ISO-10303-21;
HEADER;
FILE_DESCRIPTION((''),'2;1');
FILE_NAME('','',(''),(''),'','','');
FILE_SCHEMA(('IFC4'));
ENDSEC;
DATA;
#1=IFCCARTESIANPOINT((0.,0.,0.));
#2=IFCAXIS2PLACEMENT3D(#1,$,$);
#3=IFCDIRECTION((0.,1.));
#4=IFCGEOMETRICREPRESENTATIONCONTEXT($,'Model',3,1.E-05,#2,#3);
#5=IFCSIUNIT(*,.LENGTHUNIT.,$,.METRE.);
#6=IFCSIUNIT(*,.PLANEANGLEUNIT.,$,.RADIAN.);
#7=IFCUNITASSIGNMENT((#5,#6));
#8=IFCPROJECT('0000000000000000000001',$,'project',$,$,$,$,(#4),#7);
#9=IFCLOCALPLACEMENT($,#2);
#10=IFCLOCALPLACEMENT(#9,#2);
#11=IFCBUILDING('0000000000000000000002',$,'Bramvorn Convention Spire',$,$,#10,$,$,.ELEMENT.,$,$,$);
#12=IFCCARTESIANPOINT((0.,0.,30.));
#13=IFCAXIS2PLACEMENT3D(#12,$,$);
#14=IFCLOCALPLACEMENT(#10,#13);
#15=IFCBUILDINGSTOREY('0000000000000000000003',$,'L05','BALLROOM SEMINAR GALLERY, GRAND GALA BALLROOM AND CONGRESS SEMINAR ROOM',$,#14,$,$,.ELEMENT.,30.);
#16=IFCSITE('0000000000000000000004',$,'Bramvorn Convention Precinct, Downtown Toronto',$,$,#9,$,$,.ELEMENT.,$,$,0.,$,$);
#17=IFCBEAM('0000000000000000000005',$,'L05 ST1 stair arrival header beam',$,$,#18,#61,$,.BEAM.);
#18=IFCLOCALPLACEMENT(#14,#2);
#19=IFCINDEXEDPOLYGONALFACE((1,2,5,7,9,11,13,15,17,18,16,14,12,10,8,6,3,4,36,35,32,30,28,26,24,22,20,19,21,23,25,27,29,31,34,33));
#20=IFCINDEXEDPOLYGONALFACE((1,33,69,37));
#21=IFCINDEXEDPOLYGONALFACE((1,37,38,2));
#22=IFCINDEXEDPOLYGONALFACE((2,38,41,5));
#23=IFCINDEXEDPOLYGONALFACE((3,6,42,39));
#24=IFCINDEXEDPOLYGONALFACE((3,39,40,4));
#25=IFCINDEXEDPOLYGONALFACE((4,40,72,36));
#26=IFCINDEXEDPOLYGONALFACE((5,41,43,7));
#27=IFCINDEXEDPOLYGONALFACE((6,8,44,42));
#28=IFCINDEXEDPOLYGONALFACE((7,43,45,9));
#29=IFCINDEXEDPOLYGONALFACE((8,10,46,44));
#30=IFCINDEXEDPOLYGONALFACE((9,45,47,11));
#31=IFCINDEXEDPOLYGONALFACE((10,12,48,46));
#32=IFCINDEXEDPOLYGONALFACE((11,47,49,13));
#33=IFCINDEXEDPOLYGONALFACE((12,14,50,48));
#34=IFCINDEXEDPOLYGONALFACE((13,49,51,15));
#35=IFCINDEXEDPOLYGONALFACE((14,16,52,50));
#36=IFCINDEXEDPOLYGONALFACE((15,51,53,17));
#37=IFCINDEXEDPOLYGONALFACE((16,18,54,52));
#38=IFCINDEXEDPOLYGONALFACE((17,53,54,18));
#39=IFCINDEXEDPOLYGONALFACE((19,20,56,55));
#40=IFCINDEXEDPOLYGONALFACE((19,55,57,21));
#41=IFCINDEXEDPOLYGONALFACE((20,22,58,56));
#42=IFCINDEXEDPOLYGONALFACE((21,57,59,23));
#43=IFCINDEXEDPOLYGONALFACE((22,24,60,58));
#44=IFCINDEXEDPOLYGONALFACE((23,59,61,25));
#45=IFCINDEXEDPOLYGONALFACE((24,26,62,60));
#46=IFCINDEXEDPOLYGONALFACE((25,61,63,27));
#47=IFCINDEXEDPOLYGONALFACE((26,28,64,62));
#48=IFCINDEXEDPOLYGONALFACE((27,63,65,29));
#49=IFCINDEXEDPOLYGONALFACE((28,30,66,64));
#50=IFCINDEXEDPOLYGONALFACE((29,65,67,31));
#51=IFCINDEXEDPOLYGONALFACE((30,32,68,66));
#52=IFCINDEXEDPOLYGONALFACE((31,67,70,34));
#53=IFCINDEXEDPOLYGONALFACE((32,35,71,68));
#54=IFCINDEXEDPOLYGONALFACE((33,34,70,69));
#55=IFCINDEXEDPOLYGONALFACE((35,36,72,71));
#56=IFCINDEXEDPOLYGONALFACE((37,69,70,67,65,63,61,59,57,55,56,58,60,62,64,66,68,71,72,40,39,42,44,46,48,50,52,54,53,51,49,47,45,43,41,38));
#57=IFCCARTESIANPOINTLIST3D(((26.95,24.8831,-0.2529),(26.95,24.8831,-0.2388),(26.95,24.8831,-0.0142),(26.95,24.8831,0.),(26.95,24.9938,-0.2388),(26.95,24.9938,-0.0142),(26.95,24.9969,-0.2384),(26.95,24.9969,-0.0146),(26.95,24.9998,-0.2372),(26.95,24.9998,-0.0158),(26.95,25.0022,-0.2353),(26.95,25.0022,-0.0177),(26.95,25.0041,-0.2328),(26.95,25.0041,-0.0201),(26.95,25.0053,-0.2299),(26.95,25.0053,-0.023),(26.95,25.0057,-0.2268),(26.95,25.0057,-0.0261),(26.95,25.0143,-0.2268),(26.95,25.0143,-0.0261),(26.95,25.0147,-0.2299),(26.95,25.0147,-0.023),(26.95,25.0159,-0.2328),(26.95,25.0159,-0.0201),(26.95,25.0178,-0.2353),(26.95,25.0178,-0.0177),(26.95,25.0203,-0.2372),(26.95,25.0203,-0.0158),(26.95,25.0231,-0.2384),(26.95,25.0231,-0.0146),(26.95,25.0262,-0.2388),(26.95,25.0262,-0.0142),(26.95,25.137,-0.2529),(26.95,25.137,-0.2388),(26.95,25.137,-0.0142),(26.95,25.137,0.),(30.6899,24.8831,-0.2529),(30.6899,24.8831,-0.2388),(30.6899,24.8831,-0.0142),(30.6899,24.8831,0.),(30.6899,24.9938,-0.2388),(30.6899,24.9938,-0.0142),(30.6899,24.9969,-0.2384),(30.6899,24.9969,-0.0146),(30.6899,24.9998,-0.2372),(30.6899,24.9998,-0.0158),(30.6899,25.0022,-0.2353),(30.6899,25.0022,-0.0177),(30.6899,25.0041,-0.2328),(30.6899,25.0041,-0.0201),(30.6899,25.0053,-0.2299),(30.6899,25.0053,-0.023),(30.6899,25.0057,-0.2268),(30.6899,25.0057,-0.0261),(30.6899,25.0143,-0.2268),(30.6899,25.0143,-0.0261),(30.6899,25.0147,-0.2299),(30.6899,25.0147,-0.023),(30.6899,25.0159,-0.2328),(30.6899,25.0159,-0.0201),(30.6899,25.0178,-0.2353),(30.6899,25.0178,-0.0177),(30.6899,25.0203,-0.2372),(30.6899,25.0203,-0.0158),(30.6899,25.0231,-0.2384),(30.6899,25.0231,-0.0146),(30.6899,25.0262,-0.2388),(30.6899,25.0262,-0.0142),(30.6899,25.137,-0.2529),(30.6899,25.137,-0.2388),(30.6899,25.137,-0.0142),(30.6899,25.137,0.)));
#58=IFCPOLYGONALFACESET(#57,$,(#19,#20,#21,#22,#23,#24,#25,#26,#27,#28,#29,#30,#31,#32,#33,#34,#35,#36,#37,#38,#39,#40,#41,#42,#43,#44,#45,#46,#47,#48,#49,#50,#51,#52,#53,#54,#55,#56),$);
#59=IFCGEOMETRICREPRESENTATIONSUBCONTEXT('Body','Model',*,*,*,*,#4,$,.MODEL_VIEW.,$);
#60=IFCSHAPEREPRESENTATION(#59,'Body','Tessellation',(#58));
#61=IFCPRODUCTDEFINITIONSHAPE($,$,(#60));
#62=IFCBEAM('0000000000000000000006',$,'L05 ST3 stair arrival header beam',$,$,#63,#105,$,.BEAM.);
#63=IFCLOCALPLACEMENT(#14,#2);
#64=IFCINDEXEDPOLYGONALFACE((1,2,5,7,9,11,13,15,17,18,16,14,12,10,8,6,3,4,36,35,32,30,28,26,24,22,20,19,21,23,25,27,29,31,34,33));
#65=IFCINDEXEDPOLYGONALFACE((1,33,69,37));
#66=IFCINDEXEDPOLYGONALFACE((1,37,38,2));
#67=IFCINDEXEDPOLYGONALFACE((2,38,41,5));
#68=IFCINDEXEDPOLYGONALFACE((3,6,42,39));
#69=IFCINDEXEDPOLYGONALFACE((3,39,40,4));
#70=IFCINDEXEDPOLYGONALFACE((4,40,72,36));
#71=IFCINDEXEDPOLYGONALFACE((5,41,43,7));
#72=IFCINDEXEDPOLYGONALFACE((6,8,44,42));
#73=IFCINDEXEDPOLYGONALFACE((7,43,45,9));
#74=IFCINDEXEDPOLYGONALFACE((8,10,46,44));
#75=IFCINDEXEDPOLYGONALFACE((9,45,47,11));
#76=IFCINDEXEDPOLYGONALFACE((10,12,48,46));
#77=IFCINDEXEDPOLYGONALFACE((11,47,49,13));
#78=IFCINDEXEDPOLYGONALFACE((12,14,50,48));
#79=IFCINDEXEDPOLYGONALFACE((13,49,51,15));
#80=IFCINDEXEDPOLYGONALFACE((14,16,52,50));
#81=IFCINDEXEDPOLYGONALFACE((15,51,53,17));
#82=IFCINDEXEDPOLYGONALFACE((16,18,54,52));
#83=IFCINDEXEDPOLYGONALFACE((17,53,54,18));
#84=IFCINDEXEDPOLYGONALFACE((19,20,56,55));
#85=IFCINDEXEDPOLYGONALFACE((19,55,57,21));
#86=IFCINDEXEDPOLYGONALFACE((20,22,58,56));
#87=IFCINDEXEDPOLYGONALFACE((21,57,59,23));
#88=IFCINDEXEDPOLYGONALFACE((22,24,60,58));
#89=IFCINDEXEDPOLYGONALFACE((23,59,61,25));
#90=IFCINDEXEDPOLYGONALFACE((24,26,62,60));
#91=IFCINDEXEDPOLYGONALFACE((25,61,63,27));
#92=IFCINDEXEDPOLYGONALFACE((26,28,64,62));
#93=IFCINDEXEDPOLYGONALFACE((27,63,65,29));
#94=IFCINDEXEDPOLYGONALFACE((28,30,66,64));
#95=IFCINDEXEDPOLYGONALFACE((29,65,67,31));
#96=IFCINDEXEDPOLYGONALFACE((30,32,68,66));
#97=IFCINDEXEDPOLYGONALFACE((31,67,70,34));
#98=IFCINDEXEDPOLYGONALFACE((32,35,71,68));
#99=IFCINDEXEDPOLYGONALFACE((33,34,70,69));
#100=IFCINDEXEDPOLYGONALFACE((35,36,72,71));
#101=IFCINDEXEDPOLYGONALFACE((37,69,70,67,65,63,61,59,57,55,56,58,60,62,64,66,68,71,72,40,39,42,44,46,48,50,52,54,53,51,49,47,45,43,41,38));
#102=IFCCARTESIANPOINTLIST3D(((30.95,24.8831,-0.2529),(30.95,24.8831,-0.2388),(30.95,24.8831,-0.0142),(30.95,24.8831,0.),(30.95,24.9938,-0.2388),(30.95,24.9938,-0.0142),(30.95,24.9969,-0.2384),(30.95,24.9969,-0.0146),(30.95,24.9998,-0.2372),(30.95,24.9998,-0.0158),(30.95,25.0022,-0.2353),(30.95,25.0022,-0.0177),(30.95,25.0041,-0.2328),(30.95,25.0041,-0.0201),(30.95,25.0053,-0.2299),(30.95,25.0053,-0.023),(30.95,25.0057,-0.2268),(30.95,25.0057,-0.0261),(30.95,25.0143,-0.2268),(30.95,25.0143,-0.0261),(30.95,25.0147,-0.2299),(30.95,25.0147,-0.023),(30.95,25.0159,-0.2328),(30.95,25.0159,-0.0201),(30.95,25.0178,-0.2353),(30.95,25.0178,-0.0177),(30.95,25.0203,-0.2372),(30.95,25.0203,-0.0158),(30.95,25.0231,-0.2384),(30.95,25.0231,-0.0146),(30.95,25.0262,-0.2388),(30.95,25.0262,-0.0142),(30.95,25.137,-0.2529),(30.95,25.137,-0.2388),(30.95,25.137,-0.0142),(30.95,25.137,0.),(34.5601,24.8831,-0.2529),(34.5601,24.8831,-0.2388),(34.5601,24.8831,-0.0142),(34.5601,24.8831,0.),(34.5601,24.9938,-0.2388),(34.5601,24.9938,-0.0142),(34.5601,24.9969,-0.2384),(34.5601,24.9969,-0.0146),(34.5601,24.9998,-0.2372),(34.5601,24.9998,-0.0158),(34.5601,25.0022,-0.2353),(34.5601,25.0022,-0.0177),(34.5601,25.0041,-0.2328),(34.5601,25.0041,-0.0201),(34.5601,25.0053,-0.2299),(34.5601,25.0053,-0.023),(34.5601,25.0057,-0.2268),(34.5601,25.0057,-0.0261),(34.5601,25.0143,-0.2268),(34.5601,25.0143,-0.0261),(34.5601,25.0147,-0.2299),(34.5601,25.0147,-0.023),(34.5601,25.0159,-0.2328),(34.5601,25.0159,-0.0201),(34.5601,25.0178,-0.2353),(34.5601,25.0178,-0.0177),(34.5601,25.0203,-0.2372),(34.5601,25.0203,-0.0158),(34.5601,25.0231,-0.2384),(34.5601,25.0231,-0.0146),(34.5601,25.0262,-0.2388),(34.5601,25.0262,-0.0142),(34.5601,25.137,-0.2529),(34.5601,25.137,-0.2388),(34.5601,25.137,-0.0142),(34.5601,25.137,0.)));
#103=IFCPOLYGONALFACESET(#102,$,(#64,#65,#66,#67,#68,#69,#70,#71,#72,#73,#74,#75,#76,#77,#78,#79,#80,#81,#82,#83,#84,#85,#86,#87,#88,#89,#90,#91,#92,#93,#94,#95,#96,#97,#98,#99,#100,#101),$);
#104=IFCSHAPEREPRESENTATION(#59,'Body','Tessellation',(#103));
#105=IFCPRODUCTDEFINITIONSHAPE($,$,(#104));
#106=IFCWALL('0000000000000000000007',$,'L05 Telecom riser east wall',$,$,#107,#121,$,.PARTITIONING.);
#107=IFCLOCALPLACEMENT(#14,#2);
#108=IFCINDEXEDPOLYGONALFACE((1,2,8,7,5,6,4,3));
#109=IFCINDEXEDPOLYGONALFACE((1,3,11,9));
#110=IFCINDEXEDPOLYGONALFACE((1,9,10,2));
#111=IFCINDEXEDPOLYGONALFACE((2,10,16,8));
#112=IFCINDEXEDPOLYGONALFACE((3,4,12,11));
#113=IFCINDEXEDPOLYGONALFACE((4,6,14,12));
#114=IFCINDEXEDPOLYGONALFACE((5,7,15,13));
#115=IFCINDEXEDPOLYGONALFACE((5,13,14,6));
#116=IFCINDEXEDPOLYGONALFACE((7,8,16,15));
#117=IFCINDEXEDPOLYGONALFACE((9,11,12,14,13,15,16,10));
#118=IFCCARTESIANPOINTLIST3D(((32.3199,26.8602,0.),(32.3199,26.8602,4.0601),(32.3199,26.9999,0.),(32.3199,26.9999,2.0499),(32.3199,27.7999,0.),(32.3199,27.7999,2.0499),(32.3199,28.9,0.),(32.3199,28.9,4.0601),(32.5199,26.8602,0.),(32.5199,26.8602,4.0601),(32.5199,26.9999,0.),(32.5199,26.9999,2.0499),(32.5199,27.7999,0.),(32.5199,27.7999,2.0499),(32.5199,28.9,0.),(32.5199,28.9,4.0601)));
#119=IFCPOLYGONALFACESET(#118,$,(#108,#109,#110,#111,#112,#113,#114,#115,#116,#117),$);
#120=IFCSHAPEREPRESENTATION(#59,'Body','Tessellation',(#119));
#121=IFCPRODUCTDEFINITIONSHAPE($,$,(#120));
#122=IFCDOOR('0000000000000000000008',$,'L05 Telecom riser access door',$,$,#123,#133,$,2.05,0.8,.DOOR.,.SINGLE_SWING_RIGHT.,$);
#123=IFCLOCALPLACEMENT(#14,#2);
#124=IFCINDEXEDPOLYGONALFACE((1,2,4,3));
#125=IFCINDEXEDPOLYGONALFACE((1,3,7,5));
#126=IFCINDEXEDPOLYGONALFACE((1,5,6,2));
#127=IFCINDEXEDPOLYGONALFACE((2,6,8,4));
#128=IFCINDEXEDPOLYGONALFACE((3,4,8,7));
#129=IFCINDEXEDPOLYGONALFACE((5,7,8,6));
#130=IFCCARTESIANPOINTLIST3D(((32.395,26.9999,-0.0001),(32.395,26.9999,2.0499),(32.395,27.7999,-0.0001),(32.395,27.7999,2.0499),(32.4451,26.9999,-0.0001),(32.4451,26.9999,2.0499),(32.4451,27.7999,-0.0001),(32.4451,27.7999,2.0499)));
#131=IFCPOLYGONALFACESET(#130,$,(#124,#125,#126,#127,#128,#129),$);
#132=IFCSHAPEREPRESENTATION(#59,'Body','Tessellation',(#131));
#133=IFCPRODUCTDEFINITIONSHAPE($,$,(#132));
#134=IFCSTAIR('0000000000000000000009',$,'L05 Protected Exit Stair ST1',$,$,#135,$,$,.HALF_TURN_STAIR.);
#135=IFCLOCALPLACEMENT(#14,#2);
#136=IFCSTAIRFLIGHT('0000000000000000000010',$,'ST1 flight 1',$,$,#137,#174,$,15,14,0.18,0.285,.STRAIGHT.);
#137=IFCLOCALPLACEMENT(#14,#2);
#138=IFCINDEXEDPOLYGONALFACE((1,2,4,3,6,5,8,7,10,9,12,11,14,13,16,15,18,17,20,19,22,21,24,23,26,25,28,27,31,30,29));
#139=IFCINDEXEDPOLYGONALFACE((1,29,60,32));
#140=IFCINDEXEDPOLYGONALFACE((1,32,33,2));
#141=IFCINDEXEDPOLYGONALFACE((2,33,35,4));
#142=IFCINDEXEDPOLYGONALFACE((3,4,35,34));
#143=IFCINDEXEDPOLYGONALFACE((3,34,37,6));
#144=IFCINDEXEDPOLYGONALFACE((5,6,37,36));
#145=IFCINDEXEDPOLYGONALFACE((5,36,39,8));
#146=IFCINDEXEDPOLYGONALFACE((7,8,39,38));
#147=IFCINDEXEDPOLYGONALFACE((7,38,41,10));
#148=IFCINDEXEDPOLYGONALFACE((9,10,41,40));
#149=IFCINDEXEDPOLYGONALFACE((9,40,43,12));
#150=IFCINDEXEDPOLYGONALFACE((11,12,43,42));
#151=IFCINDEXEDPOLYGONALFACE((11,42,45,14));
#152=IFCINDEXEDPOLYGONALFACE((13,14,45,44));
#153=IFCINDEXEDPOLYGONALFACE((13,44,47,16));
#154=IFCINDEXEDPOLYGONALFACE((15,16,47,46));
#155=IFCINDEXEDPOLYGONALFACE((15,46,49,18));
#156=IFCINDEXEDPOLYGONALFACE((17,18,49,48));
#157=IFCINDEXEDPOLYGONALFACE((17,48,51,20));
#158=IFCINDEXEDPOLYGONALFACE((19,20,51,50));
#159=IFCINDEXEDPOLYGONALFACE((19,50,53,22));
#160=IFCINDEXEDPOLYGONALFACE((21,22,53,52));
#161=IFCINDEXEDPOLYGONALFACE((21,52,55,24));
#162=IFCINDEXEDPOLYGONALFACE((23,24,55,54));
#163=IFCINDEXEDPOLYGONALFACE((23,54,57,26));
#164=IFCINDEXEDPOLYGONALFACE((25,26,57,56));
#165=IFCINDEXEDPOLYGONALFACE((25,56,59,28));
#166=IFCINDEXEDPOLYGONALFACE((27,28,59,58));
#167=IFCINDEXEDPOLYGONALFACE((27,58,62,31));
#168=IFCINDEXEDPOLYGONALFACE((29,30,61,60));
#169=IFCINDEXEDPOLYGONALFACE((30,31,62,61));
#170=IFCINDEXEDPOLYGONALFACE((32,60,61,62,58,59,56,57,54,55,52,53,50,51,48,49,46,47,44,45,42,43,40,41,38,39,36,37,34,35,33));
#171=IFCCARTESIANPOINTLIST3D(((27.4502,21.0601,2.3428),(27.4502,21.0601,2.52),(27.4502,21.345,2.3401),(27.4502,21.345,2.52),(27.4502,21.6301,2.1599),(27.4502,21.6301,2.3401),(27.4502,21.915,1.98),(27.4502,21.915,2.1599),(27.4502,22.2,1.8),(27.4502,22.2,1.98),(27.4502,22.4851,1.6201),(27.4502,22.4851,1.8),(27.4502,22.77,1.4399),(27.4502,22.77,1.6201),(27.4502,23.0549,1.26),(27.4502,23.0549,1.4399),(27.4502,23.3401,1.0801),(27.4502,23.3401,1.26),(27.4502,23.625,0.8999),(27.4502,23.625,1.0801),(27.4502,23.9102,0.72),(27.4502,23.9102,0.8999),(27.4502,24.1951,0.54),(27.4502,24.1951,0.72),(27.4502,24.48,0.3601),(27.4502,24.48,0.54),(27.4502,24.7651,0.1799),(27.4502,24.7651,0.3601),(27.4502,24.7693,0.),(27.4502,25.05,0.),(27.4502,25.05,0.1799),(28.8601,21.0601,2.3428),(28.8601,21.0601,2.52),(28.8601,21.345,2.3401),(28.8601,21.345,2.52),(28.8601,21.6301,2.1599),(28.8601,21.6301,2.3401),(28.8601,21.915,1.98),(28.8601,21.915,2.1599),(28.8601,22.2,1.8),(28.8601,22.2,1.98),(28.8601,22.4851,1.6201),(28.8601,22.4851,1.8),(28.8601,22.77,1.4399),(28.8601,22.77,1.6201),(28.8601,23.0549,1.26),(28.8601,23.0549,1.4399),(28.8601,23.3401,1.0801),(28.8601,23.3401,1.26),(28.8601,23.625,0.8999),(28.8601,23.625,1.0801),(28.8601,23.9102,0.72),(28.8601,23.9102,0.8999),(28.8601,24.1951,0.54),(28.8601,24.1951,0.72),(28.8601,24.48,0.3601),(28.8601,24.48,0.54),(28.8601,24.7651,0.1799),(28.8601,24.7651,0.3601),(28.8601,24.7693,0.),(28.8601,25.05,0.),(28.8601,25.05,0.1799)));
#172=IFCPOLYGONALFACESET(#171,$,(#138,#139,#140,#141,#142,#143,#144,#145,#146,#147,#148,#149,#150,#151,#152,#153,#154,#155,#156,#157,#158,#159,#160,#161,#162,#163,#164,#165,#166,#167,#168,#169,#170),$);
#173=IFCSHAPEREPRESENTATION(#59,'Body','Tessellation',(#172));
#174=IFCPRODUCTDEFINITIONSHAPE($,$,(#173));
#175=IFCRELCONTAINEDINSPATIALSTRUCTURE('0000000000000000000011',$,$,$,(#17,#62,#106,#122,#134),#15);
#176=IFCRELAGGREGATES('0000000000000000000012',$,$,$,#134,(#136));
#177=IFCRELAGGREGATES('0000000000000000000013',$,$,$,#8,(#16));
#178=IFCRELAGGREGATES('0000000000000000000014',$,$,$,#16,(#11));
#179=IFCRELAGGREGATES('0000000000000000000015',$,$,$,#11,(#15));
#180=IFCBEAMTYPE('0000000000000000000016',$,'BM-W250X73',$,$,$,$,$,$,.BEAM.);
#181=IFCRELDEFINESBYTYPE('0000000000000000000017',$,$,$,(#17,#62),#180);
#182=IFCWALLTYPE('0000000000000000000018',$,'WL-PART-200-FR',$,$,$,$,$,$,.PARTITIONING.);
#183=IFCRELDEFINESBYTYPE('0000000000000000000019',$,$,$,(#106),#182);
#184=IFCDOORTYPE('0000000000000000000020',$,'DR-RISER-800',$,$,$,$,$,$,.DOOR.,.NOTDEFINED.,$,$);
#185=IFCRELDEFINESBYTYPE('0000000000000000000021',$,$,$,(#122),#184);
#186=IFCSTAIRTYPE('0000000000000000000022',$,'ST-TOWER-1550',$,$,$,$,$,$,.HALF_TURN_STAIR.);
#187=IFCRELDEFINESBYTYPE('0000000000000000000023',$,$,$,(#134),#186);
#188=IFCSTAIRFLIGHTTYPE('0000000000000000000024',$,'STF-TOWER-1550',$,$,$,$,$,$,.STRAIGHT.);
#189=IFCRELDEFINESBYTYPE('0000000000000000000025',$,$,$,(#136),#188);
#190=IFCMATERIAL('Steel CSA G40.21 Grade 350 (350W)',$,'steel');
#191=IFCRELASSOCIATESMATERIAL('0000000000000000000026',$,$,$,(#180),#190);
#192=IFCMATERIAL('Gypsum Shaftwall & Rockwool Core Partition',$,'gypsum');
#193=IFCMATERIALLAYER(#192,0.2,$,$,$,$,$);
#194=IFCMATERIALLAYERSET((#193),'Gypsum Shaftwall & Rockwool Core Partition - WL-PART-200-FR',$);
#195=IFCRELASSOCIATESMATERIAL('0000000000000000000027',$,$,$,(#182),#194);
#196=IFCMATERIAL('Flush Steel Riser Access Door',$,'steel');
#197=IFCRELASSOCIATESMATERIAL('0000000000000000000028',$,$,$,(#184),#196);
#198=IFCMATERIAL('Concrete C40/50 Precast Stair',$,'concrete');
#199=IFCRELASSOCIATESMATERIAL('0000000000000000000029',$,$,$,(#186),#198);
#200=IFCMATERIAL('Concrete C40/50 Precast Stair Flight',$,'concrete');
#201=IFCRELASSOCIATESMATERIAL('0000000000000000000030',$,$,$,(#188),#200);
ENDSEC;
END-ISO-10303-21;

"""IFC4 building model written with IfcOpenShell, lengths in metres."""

from ifc_helpers import new_model, si_unit, direction, frame, frame_2d, origin, origin_2d, place, context, subcontext, project, spatial, polyline, rectangle, i_section, outline, extrude, material, layer, layer_set, material_profile, profile_set, type_object, element, fill, aggregate, save


model = new_model("IFC4")

# Units and contexts
model_context = context("Model", 3, precision=1e-05, world=origin(), true_north=direction((0.0, 1.0)))
body_context = subcontext(model_context, "Body", "Model", "MODEL_VIEW")
ifc_project = project(units=[si_unit("LENGTHUNIT", "METRE"), si_unit("PLANEANGLEUNIT", "RADIAN")], contexts=[model_context])

# Site, building, storey
site_placement = place(None, origin())
site = spatial("IfcSite", under=ifc_project, at=site_placement, Name="Bramvorn Convention Precinct, Downtown Toronto", CompositionType="ELEMENT", RefElevation=0.0)
building_placement = place(site_placement, origin())
building = spatial("IfcBuilding", under=site, at=building_placement, Name="Bramvorn Convention Spire", CompositionType="ELEMENT")
storey_placement = place(building_placement, frame((0.0, 0.0, 30.0)))
storey = spatial("IfcBuildingStorey", under=building, at=storey_placement, Name="L05", Description="BALLROOM SEMINAR GALLERY, GRAND GALA BALLROOM AND CONGRESS SEMINAR ROOM", CompositionType="ELEMENT", Elevation=30.0)

# Beams
ifc_material_1 = material(Name="Steel CSA G40.21 Grade 350 (350W)", Category="steel")
ifc_material_profile = material_profile(ifc_material_1, i_section(OverallWidth=0.2539, OverallDepth=0.2529, WebThickness=0.0085, FlangeThickness=0.0142, FilletRadius=0.012, at=origin_2d()))
ifc_profile_set = profile_set([ifc_material_profile], Name="Steel CSA G40.21 Grade 350 (350W) - W250X73")
beam_type = type_object("IfcBeamType", Name="BM-W250X73", PredefinedType="BEAM", material=ifc_profile_set)
beam_1_placement = place(storey_placement, frame((26.95, 25.01, -0.1265), z_axis=(1.0, 0.0, 0.0), x_axis=(0.0, 1.0, 0.0)))
element("IfcBeam", 1, at=beam_1_placement, inside=storey, type_object=beam_type, Name="L05 ST1 stair arrival header beam", PredefinedType="BEAM", context=body_context, shape_type="SweptSolid", body=[
    extrude(i_section(OverallWidth=0.2539, OverallDepth=0.2529, WebThickness=0.0085, FlangeThickness=0.0142, FilletRadius=0.012, at=origin_2d()), origin(), (0.0, 0.0, 1.0), 3.74),
])
beam_2_placement = place(storey_placement, frame((30.95, 25.01, -0.1265), z_axis=(1.0, 0.0, 0.0), x_axis=(0.0, 1.0, 0.0)))
element("IfcBeam", 2, at=beam_2_placement, inside=storey, type_object=beam_type, Name="L05 ST3 stair arrival header beam", PredefinedType="BEAM", context=body_context, shape_type="SweptSolid", body=[
    extrude(i_section(OverallWidth=0.2539, OverallDepth=0.2529, WebThickness=0.0085, FlangeThickness=0.0142, FilletRadius=0.012, at=origin_2d()), origin(), (0.0, 0.0, 1.0), 3.6101),
])

# Wall, opening, door
ifc_material_2 = material(Name="Gypsum Shaftwall & Rockwool Core Partition", Category="gypsum")
ifc_layer_1 = layer(ifc_material_2, 0.2)
ifc_layer_set_1 = layer_set([ifc_layer_1], Name="Gypsum Shaftwall & Rockwool Core Partition - WL-PART-200-FR")
wall_type_1 = type_object("IfcWallType", Name="WL-PART-200-FR", PredefinedType="PARTITIONING", material=ifc_layer_set_1)
wall_1_placement = place(storey_placement, frame((32.4199, 26.8601, 0.0), z_axis=(0.0, 0.0, 1.0), x_axis=(0.0, 1.0, 0.0)))
wall_1 = element("IfcWall", 3, at=wall_1_placement, inside=storey, type_object=wall_type_1, Name="L05 Telecom riser east wall", PredefinedType="PARTITIONING", context=body_context, shape_type="SweptSolid", body=[
    extrude(rectangle(XDim=2.0398, YDim=0.2, at=frame_2d((1.02, 0.0))), origin(), (0.0, 0.0, 1.0), 4.0601),
])
opening_1_placement = place(wall_1_placement, frame((0.1399, 0.0, 0.0)))
opening_1 = element("IfcOpeningElement", 4, at=opening_1_placement, cuts=wall_1, PredefinedType="OPENING", context=body_context, shape_type="SweptSolid", body=[
    extrude(rectangle(XDim=0.8, YDim=2.05, at=frame_2d((0.3999, 1.0249))), frame((0.0, 0.1099, 0.0), z_axis=(0.0, -1.0, 0.0), x_axis=(1.0, 0.0, 0.0)), (0.0, 0.0, 1.0), 0.22),
])
ifc_material_3 = material(Name="Flush Steel Riser Access Door", Category="steel")
door_type_1 = type_object("IfcDoorType", Name="DR-RISER-800", OperationType="NOTDEFINED", PredefinedType="DOOR", material=ifc_material_3)
door_1_placement = place(opening_1_placement, origin())
door_1 = element("IfcDoor", 5, at=door_1_placement, inside=storey, type_object=door_type_1, Name="L05 Telecom riser access door", OperationType="SINGLE_SWING_RIGHT", OverallHeight=2.05, OverallWidth=0.8, PredefinedType="DOOR", context=body_context, shape_type="SweptSolid", body=[
    extrude(rectangle(XDim=0.8, YDim=2.05, at=frame_2d((0.3999, 1.0249))), frame((0.0, 0.0249, 0.0), z_axis=(0.0, -1.0, 0.0), x_axis=(1.0, 0.0, 0.0)), (0.0, 0.0, 1.0), 0.05),
])
fill(opening_1, door_1)

# Stair, stair flight
ifc_material_4 = material(Name="Concrete C40/50 Precast Stair", Category="concrete")
stair_type = type_object("IfcStairType", Name="ST-TOWER-1550", PredefinedType="HALF_TURN_STAIR", material=ifc_material_4)
stair_1_placement = place(storey_placement, origin())
stair_1 = element("IfcStair", 6, at=stair_1_placement, inside=storey, type_object=stair_type, Name="L05 Protected Exit Stair ST1", PredefinedType="HALF_TURN_STAIR")
ifc_material_5 = material(Name="Concrete C40/50 Precast Stair Flight", Category="concrete")
stair_flight_type = type_object("IfcStairFlightType", Name="STF-TOWER-1550", PredefinedType="STRAIGHT", material=ifc_material_5)
stair_flight_1_placement = place(storey_placement, frame((28.155, 25.05, 0.0), z_axis=(0.0, 0.0, 1.0), x_axis=(0.0, -1.0, 0.0)))
stair_flight_1 = element("IfcStairFlight", 7, at=stair_flight_1_placement, type_object=stair_flight_type, Name="ST1 flight 1", NumberOfRisers=15, NumberOfTreads=14, PredefinedType="STRAIGHT", RiserHeight=0.18, TreadLength=0.285, context=body_context, shape_type="SweptSolid", body=[
    extrude(outline(polyline([(0.0, 0.0), (0.0, 0.1799), (0.2849, 0.1799), (0.2849, 0.3601), (0.5701, 0.3601), (0.5701, 0.54), (0.855, 0.54), (0.855, 0.72), (1.1399, 0.72), (1.1399, 0.8999), (1.425, 0.8999), (1.425, 1.0801), (1.71, 1.0801), (1.71, 1.26), (1.9951, 1.26), (1.9951, 1.4399), (2.28, 1.4399), (2.28, 1.6201), (2.5649, 1.6201), (2.5649, 1.8), (2.8501, 1.8), (2.8501, 1.98), (3.135, 1.98), (3.135, 2.1599), (3.4199, 2.1599), (3.4199, 2.3401), (3.7051, 2.3401), (3.7051, 2.52), (3.99, 2.52), (3.99, 2.7), (3.99, 2.3428), (0.2808, 0.0), (0.0, 0.0)])), frame((0.0, 0.7051, 0.0), z_axis=(0.0, -1.0, 0.0), x_axis=(1.0, 0.0, 0.0)), (0.0, 0.0, 1.0), 1.4099),
])
aggregate(stair_1, [stair_flight_1])

save(model, "model.ifc")
